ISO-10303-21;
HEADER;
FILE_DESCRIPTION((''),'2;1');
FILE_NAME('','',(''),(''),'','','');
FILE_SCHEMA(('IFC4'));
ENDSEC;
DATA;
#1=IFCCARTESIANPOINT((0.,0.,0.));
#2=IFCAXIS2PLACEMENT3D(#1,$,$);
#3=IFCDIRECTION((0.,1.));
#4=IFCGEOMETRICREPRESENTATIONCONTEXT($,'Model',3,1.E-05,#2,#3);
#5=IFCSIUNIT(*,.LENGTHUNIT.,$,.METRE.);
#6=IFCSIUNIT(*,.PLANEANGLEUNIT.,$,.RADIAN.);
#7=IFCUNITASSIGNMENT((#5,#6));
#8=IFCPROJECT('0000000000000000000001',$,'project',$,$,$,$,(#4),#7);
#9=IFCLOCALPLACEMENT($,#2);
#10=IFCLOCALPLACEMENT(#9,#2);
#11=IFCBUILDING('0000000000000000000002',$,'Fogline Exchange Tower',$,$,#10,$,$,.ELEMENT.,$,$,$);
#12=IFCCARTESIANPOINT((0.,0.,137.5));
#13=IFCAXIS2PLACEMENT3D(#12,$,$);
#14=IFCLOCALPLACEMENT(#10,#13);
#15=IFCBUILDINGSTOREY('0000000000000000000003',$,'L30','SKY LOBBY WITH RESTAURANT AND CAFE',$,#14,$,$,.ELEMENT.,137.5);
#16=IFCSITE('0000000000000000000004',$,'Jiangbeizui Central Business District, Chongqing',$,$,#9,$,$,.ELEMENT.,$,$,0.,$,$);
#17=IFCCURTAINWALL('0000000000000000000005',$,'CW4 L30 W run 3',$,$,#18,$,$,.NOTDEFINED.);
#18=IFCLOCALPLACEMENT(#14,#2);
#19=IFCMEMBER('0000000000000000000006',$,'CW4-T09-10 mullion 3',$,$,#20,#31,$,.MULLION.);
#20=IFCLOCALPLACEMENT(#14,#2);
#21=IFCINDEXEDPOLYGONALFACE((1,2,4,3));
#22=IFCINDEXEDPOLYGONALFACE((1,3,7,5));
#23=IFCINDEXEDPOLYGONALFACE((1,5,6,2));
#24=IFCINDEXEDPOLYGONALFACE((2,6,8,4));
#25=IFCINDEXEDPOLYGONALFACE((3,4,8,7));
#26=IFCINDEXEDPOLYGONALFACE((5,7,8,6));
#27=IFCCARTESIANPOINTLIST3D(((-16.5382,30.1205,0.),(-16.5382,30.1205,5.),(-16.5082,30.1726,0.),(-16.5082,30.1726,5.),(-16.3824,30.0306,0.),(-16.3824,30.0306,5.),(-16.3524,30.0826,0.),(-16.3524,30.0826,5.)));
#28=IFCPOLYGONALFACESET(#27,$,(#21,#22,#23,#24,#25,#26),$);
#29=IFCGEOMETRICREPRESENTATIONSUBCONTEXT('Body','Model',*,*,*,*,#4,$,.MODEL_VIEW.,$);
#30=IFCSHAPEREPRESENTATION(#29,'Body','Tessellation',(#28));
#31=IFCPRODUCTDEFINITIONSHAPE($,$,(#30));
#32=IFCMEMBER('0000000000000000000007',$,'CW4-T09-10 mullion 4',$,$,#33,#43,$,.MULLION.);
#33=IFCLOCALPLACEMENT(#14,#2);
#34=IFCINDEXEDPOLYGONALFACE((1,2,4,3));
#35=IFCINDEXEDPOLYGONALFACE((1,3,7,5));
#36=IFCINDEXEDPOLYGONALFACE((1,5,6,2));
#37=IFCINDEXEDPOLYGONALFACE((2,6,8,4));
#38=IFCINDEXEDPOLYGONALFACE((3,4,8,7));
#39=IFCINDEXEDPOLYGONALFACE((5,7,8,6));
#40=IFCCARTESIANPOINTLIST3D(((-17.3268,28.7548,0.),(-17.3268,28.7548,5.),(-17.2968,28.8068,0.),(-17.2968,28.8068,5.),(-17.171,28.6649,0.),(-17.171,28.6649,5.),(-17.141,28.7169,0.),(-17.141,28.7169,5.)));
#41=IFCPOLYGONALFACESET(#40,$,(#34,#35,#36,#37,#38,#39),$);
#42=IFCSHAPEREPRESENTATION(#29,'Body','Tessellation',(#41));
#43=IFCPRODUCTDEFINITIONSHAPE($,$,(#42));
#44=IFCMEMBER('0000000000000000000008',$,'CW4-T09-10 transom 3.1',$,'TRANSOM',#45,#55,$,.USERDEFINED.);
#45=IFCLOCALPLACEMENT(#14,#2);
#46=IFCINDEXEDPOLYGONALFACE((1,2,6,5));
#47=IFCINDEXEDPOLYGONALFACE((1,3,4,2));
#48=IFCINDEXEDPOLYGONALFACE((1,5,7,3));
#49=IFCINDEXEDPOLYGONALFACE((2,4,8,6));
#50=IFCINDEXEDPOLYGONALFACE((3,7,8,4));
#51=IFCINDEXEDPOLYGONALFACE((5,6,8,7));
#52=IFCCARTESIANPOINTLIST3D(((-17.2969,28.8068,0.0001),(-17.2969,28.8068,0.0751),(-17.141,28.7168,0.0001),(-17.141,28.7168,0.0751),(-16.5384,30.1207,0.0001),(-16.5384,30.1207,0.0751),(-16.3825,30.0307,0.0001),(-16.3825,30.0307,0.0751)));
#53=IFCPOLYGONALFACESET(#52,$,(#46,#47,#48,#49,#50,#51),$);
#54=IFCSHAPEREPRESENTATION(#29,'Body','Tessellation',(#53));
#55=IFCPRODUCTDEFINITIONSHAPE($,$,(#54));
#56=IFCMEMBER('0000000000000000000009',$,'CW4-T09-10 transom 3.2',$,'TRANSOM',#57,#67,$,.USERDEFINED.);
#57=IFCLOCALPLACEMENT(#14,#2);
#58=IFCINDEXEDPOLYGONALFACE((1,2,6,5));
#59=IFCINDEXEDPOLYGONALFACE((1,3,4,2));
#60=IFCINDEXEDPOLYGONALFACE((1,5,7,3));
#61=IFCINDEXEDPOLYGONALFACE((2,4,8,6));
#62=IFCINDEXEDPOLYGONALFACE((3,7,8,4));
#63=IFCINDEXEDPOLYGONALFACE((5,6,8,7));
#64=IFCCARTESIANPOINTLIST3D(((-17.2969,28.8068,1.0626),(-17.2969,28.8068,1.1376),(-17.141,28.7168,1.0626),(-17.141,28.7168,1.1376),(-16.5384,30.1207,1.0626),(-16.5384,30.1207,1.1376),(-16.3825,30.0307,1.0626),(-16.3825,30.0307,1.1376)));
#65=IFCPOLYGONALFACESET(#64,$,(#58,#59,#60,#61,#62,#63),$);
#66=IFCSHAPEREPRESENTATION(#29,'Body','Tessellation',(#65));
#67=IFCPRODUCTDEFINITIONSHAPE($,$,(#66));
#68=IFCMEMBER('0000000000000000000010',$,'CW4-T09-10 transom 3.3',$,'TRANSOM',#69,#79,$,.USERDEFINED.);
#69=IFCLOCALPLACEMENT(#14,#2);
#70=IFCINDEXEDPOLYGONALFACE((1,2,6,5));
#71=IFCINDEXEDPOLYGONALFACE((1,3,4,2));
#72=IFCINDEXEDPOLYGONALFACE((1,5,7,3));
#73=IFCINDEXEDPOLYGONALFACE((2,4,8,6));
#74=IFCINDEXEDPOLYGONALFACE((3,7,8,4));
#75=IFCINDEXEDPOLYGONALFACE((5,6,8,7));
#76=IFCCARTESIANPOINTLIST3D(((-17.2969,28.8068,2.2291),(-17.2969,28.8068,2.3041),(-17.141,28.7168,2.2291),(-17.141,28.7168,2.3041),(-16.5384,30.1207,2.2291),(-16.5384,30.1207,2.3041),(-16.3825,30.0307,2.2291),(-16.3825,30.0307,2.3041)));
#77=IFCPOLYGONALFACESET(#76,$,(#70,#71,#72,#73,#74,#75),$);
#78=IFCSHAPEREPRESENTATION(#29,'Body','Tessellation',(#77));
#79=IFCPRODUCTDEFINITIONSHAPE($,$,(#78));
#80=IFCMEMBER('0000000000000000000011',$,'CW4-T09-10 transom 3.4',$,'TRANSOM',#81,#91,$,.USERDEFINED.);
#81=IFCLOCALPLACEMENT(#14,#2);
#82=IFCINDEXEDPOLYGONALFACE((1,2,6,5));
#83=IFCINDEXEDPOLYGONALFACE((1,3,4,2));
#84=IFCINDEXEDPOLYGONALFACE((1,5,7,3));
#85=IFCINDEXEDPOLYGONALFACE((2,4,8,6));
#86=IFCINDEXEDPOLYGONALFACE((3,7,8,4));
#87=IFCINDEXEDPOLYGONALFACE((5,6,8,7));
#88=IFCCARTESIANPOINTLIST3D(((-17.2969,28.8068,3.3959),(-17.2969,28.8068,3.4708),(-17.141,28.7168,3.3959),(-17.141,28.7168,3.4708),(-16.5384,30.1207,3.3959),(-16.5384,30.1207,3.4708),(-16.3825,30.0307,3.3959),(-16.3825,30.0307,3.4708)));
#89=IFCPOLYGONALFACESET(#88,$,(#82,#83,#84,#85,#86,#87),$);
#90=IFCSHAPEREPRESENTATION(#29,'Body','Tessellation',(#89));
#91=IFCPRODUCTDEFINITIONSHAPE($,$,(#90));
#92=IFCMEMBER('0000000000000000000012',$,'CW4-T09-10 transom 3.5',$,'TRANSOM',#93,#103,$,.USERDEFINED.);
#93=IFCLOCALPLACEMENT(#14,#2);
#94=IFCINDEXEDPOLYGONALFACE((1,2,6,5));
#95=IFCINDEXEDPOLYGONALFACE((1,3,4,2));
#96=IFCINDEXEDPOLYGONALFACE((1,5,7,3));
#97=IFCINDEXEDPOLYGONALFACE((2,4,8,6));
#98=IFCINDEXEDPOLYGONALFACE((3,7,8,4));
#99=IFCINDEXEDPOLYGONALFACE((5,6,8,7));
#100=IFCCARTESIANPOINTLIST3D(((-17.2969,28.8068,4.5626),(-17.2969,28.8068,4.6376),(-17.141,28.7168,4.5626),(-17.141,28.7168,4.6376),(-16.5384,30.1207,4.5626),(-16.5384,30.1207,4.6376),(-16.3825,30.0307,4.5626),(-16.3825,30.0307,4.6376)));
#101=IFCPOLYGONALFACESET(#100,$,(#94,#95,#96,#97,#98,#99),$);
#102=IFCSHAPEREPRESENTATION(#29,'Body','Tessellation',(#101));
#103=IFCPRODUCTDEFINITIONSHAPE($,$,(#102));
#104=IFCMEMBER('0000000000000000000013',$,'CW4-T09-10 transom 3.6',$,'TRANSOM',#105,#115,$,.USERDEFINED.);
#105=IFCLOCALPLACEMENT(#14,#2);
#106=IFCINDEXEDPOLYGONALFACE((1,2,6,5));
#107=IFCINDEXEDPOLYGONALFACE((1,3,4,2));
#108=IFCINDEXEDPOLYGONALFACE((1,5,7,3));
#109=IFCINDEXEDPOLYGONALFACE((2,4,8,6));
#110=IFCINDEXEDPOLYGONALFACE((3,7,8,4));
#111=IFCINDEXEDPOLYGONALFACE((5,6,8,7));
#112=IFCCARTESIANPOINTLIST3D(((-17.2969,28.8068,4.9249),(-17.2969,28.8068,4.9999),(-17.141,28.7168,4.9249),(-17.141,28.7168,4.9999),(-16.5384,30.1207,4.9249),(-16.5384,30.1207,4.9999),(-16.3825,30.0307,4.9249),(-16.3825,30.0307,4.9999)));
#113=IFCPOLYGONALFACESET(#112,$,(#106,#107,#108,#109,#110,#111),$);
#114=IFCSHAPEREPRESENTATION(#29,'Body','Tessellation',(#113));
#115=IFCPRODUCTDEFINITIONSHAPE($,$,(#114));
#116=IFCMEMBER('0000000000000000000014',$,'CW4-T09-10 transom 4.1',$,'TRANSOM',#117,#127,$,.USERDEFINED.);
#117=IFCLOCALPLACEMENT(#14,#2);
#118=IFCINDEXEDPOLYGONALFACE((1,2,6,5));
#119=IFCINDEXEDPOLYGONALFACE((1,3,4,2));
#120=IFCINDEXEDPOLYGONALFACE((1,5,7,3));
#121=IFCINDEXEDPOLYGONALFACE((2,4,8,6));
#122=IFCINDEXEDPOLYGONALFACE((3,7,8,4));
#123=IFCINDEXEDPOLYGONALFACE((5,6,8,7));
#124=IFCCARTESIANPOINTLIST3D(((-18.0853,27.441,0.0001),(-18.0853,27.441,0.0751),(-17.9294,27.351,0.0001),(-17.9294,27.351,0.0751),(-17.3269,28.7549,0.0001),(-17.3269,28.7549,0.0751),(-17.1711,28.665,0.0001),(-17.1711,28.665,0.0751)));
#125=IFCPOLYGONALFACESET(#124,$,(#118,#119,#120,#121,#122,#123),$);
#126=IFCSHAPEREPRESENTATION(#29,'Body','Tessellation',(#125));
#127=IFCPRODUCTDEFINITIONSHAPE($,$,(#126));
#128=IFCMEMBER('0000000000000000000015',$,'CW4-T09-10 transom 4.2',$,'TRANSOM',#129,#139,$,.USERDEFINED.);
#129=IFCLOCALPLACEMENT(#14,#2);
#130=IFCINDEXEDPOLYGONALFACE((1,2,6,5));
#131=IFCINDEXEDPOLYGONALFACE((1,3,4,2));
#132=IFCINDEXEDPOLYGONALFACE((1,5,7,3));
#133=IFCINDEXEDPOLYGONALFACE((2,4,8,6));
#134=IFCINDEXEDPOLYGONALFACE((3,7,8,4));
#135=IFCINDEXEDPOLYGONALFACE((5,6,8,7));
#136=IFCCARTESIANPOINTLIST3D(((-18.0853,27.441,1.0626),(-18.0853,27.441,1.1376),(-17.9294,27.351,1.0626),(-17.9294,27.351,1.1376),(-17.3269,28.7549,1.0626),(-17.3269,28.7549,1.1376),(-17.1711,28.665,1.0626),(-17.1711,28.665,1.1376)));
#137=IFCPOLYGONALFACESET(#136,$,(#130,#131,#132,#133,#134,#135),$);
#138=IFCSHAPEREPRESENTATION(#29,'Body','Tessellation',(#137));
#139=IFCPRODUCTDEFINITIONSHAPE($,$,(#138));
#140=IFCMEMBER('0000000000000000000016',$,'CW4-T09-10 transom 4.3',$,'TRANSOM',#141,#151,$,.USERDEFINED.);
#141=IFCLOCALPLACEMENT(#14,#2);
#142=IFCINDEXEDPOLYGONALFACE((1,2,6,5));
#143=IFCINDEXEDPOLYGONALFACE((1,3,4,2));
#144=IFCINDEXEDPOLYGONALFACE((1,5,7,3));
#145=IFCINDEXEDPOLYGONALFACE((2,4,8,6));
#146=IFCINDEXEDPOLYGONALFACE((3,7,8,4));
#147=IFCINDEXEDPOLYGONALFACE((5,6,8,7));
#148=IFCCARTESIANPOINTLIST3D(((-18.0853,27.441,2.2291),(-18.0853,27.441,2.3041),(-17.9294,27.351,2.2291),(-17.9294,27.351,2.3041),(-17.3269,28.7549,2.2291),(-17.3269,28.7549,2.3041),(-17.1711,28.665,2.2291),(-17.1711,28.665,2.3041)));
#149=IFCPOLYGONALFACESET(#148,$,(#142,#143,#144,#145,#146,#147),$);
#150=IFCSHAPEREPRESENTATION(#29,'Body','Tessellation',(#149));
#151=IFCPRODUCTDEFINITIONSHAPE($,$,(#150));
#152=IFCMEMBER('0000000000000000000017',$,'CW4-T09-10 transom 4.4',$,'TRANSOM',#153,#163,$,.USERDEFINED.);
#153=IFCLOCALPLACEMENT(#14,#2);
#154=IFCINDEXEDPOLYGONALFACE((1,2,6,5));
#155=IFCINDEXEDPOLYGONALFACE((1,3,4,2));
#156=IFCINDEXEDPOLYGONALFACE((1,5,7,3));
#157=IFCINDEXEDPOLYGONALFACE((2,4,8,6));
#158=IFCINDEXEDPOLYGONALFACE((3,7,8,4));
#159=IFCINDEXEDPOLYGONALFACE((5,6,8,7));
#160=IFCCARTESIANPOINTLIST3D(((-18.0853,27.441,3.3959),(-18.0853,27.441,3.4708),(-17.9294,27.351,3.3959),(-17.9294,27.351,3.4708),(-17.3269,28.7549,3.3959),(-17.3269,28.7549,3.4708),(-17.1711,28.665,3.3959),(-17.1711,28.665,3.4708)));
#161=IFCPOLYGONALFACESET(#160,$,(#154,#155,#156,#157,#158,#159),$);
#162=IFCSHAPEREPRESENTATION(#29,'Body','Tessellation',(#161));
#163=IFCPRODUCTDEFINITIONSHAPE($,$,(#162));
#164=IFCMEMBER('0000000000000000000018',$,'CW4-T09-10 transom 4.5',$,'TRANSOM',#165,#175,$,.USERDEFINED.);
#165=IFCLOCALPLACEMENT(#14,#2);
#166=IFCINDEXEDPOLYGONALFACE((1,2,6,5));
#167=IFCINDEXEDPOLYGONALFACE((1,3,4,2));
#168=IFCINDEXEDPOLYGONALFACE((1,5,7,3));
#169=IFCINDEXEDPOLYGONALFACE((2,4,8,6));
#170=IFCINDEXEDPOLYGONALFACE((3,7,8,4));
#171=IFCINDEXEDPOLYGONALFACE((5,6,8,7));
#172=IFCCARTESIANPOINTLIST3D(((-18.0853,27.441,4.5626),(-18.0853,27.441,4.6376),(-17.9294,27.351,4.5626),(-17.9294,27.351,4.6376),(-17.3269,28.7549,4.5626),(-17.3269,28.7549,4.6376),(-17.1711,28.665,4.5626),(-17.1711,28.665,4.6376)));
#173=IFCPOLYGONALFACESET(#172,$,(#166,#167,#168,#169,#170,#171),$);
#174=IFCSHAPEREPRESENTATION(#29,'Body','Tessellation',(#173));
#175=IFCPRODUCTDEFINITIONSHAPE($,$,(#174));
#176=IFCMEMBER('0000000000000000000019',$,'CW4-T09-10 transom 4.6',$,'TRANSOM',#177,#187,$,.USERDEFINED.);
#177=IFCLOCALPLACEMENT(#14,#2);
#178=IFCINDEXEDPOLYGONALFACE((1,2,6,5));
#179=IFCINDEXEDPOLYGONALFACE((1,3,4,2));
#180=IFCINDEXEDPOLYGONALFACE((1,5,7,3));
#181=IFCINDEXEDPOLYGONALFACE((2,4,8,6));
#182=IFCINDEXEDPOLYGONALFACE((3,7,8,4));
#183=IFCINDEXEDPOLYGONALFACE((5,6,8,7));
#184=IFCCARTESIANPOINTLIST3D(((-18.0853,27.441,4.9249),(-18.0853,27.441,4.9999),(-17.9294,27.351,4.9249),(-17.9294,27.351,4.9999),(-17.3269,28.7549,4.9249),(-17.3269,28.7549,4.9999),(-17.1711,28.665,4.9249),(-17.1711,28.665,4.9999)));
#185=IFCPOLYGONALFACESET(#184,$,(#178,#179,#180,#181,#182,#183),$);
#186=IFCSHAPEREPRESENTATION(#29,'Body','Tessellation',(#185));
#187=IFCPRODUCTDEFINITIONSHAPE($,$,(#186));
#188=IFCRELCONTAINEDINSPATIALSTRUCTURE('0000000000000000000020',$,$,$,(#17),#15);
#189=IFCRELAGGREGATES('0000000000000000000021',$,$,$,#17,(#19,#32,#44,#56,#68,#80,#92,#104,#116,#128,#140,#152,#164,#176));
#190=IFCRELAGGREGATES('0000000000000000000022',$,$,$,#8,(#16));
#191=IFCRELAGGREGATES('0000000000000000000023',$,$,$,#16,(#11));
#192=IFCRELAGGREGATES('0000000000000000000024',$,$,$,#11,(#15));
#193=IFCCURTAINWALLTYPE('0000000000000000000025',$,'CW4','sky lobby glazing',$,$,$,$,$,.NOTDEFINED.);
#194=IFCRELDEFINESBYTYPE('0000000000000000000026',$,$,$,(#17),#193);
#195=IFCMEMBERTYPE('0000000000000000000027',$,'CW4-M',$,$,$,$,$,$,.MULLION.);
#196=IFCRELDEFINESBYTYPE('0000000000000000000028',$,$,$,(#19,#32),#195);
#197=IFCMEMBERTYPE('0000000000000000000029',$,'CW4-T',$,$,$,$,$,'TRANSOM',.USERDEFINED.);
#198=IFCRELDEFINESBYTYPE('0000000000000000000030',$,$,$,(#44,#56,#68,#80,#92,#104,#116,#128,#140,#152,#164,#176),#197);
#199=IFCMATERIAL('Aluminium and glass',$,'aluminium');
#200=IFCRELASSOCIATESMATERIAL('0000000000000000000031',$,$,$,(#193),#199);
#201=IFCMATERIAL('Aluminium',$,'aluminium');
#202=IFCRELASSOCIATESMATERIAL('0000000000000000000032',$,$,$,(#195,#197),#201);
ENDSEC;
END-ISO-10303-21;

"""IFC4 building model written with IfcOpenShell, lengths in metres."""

from ifc_helpers import new_model, si_unit, direction, frame, origin, origin_2d, place, context, subcontext, project, spatial, rectangle, extrude, material, material_profile, profile_set, type_object, element, aggregate, save


model = new_model("IFC4")

# Units and contexts
model_context = context("Model", 3, precision=1e-05, world=origin(), true_north=direction((0.0, 1.0)))
body_context = subcontext(model_context, "Body", "Model", "MODEL_VIEW")
ifc_project = project(units=[si_unit("LENGTHUNIT", "METRE"), si_unit("PLANEANGLEUNIT", "RADIAN")], contexts=[model_context])

# Site, building, storey
site_placement = place(None, origin())
site = spatial("IfcSite", under=ifc_project, at=site_placement, Name="Jiangbeizui Central Business District, Chongqing", CompositionType="ELEMENT", RefElevation=0.0)
building_placement = place(site_placement, origin())
building = spatial("IfcBuilding", under=site, at=building_placement, Name="Fogline Exchange Tower", CompositionType="ELEMENT")
storey_placement = place(building_placement, frame((0.0, 0.0, 137.5)))
storey = spatial("IfcBuildingStorey", under=building, at=storey_placement, Name="L30", Description="SKY LOBBY WITH RESTAURANT AND CAFE", CompositionType="ELEMENT", Elevation=137.5)

# Curtain wall, members
ifc_material_1 = material(Name="Aluminium and glass", Category="aluminium")
curtain_wall_type = type_object("IfcCurtainWallType", Name="CW4", Description="sky lobby glazing", PredefinedType="NOTDEFINED", material=ifc_material_1)
curtain_wall_placement = place(storey_placement, origin())
curtain_wall = element("IfcCurtainWall", 1, at=curtain_wall_placement, inside=storey, type_object=curtain_wall_type, Name="CW4 L30 W run 3", PredefinedType="NOTDEFINED")
ifc_material_2 = material(Name="Aluminium", Category="aluminium")
ifc_material_profile_1 = material_profile(ifc_material_2, rectangle(XDim=0.1799, YDim=0.0601, at=origin_2d()), Name="Mullion 60x180")
ifc_profile_set_1 = profile_set([ifc_material_profile_1], Name="Aluminium")
member_type_1 = type_object("IfcMemberType", Name="CW4-M", PredefinedType="MULLION", material=ifc_profile_set_1)
member_1_placement = place(storey_placement, frame((-16.4453, 30.1016, 0.0), z_axis=(0.0, 0.0, 1.0), x_axis=(0.866025, -0.5, 0.0)))
member_1 = element("IfcMember", 2, at=member_1_placement, type_object=member_type_1, Name="CW4-T09-10 mullion 3", PredefinedType="MULLION", context=body_context, shape_type="SweptSolid", body=[
    extrude(rectangle(XDim=0.1799, YDim=0.0601, at=origin_2d()), origin(), (0.0, 0.0, 1.0), 5.0),
])
member_2_placement = place(storey_placement, frame((-17.2339, 28.7358, 0.0), z_axis=(0.0, 0.0, 1.0), x_axis=(0.866025, -0.5, 0.0)))
member_2 = element("IfcMember", 3, at=member_2_placement, type_object=member_type_1, Name="CW4-T09-10 mullion 4", PredefinedType="MULLION", context=body_context, shape_type="SweptSolid", body=[
    extrude(rectangle(XDim=0.1799, YDim=0.0601, at=origin_2d()), origin(), (0.0, 0.0, 1.0), 5.0),
])
ifc_material_profile_2 = material_profile(ifc_material_2, rectangle(XDim=0.1799, YDim=0.075, at=origin_2d()), Name="Transom 75x180")
ifc_profile_set_2 = profile_set([ifc_material_profile_2], Name="Aluminium")
member_type_2 = type_object("IfcMemberType", Name="CW4-T", ElementType="TRANSOM", PredefinedType="USERDEFINED", material=ifc_profile_set_2)
member_3_placement = place(storey_placement, frame((-16.4604, 30.0757, 0.0376), z_axis=(-0.499964, -0.866046, 0.0), x_axis=(0.866046, -0.499964, 0.0)))
member_3 = element("IfcMember", 4, at=member_3_placement, type_object=member_type_2, Name="CW4-T09-10 transom 3.1", ObjectType="TRANSOM", PredefinedType="USERDEFINED", context=body_context, shape_type="SweptSolid", body=[
    extrude(rectangle(XDim=0.1799, YDim=0.075, at=origin_2d()), origin(), (0.0, 0.0, 1.0), 1.5171),
])
member_4_placement = place(storey_placement, frame((-16.4604, 30.0757, 1.1001), z_axis=(-0.499964, -0.866046, 0.0), x_axis=(0.866046, -0.499964, 0.0)))
member_4 = element("IfcMember", 5, at=member_4_placement, type_object=member_type_2, Name="CW4-T09-10 transom 3.2", ObjectType="TRANSOM", PredefinedType="USERDEFINED", context=body_context, shape_type="SweptSolid", body=[
    extrude(rectangle(XDim=0.1799, YDim=0.075, at=origin_2d()), origin(), (0.0, 0.0, 1.0), 1.5171),
])
member_5_placement = place(storey_placement, frame((-16.4604, 30.0757, 2.2666), z_axis=(-0.499964, -0.866046, 0.0), x_axis=(0.866046, -0.499964, 0.0)))
member_5 = element("IfcMember", 6, at=member_5_placement, type_object=member_type_2, Name="CW4-T09-10 transom 3.3", ObjectType="TRANSOM", PredefinedType="USERDEFINED", context=body_context, shape_type="SweptSolid", body=[
    extrude(rectangle(XDim=0.1799, YDim=0.075, at=origin_2d()), origin(), (0.0, 0.0, 1.0), 1.5171),
])
member_6_placement = place(storey_placement, frame((-16.4604, 30.0757, 3.4333), z_axis=(-0.499964, -0.866046, 0.0), x_axis=(0.866046, -0.499964, 0.0)))
member_6 = element("IfcMember", 7, at=member_6_placement, type_object=member_type_2, Name="CW4-T09-10 transom 3.4", ObjectType="TRANSOM", PredefinedType="USERDEFINED", context=body_context, shape_type="SweptSolid", body=[
    extrude(rectangle(XDim=0.1799, YDim=0.075, at=origin_2d()), origin(), (0.0, 0.0, 1.0), 1.5171),
])
member_7_placement = place(storey_placement, frame((-16.4604, 30.0757, 4.6001), z_axis=(-0.499964, -0.866046, 0.0), x_axis=(0.866046, -0.499964, 0.0)))
member_7 = element("IfcMember", 8, at=member_7_placement, type_object=member_type_2, Name="CW4-T09-10 transom 3.5", ObjectType="TRANSOM", PredefinedType="USERDEFINED", context=body_context, shape_type="SweptSolid", body=[
    extrude(rectangle(XDim=0.1799, YDim=0.075, at=origin_2d()), origin(), (0.0, 0.0, 1.0), 1.5171),
])
member_8_placement = place(storey_placement, frame((-16.4604, 30.0757, 4.9624), z_axis=(-0.499964, -0.866046, 0.0), x_axis=(0.866046, -0.499964, 0.0)))
member_8 = element("IfcMember", 9, at=member_8_placement, type_object=member_type_2, Name="CW4-T09-10 transom 3.6", ObjectType="TRANSOM", PredefinedType="USERDEFINED", context=body_context, shape_type="SweptSolid", body=[
    extrude(rectangle(XDim=0.1799, YDim=0.075, at=origin_2d()), origin(), (0.0, 0.0, 1.0), 1.5171),
])
member_9_placement = place(storey_placement, frame((-17.249, 28.71, 0.0376), z_axis=(-0.499843, -0.866116, 0.0), x_axis=(0.866116, -0.499843, 0.0)))
member_9 = element("IfcMember", 10, at=member_9_placement, type_object=member_type_2, Name="CW4-T09-10 transom 4.1", ObjectType="TRANSOM", PredefinedType="USERDEFINED", context=body_context, shape_type="SweptSolid", body=[
    extrude(rectangle(XDim=0.1799, YDim=0.075, at=origin_2d()), origin(), (0.0, 0.0, 1.0), 1.5171),
])
member_10_placement = place(storey_placement, frame((-17.249, 28.71, 1.1001), z_axis=(-0.499843, -0.866116, 0.0), x_axis=(0.866116, -0.499843, 0.0)))
member_10 = element("IfcMember", 11, at=member_10_placement, type_object=member_type_2, Name="CW4-T09-10 transom 4.2", ObjectType="TRANSOM", PredefinedType="USERDEFINED", context=body_context, shape_type="SweptSolid", body=[
    extrude(rectangle(XDim=0.1799, YDim=0.075, at=origin_2d()), origin(), (0.0, 0.0, 1.0), 1.5171),
])
member_11_placement = place(storey_placement, frame((-17.249, 28.71, 2.2666), z_axis=(-0.499843, -0.866116, 0.0), x_axis=(0.866116, -0.499843, 0.0)))
member_11 = element("IfcMember", 12, at=member_11_placement, type_object=member_type_2, Name="CW4-T09-10 transom 4.3", ObjectType="TRANSOM", PredefinedType="USERDEFINED", context=body_context, shape_type="SweptSolid", body=[
    extrude(rectangle(XDim=0.1799, YDim=0.075, at=origin_2d()), origin(), (0.0, 0.0, 1.0), 1.5171),
])
member_12_placement = place(storey_placement, frame((-17.249, 28.71, 3.4333), z_axis=(-0.499843, -0.866116, 0.0), x_axis=(0.866116, -0.499843, 0.0)))
member_12 = element("IfcMember", 13, at=member_12_placement, type_object=member_type_2, Name="CW4-T09-10 transom 4.4", ObjectType="TRANSOM", PredefinedType="USERDEFINED", context=body_context, shape_type="SweptSolid", body=[
    extrude(rectangle(XDim=0.1799, YDim=0.075, at=origin_2d()), origin(), (0.0, 0.0, 1.0), 1.5171),
])
member_13_placement = place(storey_placement, frame((-17.249, 28.71, 4.6001), z_axis=(-0.499843, -0.866116, 0.0), x_axis=(0.866116, -0.499843, 0.0)))
member_13 = element("IfcMember", 14, at=member_13_placement, type_object=member_type_2, Name="CW4-T09-10 transom 4.5", ObjectType="TRANSOM", PredefinedType="USERDEFINED", context=body_context, shape_type="SweptSolid", body=[
    extrude(rectangle(XDim=0.1799, YDim=0.075, at=origin_2d()), origin(), (0.0, 0.0, 1.0), 1.5171),
])
member_14_placement = place(storey_placement, frame((-17.249, 28.71, 4.9624), z_axis=(-0.499843, -0.866116, 0.0), x_axis=(0.866116, -0.499843, 0.0)))
member_14 = element("IfcMember", 15, at=member_14_placement, type_object=member_type_2, Name="CW4-T09-10 transom 4.6", ObjectType="TRANSOM", PredefinedType="USERDEFINED", context=body_context, shape_type="SweptSolid", body=[
    extrude(rectangle(XDim=0.1799, YDim=0.075, at=origin_2d()), origin(), (0.0, 0.0, 1.0), 1.5171),
])
aggregate(curtain_wall, [member_1, member_2, member_3, member_4, member_5, member_6, member_7, member_8, member_9, member_10, member_11, member_12, member_13, member_14])

save(model, "model.ifc")
